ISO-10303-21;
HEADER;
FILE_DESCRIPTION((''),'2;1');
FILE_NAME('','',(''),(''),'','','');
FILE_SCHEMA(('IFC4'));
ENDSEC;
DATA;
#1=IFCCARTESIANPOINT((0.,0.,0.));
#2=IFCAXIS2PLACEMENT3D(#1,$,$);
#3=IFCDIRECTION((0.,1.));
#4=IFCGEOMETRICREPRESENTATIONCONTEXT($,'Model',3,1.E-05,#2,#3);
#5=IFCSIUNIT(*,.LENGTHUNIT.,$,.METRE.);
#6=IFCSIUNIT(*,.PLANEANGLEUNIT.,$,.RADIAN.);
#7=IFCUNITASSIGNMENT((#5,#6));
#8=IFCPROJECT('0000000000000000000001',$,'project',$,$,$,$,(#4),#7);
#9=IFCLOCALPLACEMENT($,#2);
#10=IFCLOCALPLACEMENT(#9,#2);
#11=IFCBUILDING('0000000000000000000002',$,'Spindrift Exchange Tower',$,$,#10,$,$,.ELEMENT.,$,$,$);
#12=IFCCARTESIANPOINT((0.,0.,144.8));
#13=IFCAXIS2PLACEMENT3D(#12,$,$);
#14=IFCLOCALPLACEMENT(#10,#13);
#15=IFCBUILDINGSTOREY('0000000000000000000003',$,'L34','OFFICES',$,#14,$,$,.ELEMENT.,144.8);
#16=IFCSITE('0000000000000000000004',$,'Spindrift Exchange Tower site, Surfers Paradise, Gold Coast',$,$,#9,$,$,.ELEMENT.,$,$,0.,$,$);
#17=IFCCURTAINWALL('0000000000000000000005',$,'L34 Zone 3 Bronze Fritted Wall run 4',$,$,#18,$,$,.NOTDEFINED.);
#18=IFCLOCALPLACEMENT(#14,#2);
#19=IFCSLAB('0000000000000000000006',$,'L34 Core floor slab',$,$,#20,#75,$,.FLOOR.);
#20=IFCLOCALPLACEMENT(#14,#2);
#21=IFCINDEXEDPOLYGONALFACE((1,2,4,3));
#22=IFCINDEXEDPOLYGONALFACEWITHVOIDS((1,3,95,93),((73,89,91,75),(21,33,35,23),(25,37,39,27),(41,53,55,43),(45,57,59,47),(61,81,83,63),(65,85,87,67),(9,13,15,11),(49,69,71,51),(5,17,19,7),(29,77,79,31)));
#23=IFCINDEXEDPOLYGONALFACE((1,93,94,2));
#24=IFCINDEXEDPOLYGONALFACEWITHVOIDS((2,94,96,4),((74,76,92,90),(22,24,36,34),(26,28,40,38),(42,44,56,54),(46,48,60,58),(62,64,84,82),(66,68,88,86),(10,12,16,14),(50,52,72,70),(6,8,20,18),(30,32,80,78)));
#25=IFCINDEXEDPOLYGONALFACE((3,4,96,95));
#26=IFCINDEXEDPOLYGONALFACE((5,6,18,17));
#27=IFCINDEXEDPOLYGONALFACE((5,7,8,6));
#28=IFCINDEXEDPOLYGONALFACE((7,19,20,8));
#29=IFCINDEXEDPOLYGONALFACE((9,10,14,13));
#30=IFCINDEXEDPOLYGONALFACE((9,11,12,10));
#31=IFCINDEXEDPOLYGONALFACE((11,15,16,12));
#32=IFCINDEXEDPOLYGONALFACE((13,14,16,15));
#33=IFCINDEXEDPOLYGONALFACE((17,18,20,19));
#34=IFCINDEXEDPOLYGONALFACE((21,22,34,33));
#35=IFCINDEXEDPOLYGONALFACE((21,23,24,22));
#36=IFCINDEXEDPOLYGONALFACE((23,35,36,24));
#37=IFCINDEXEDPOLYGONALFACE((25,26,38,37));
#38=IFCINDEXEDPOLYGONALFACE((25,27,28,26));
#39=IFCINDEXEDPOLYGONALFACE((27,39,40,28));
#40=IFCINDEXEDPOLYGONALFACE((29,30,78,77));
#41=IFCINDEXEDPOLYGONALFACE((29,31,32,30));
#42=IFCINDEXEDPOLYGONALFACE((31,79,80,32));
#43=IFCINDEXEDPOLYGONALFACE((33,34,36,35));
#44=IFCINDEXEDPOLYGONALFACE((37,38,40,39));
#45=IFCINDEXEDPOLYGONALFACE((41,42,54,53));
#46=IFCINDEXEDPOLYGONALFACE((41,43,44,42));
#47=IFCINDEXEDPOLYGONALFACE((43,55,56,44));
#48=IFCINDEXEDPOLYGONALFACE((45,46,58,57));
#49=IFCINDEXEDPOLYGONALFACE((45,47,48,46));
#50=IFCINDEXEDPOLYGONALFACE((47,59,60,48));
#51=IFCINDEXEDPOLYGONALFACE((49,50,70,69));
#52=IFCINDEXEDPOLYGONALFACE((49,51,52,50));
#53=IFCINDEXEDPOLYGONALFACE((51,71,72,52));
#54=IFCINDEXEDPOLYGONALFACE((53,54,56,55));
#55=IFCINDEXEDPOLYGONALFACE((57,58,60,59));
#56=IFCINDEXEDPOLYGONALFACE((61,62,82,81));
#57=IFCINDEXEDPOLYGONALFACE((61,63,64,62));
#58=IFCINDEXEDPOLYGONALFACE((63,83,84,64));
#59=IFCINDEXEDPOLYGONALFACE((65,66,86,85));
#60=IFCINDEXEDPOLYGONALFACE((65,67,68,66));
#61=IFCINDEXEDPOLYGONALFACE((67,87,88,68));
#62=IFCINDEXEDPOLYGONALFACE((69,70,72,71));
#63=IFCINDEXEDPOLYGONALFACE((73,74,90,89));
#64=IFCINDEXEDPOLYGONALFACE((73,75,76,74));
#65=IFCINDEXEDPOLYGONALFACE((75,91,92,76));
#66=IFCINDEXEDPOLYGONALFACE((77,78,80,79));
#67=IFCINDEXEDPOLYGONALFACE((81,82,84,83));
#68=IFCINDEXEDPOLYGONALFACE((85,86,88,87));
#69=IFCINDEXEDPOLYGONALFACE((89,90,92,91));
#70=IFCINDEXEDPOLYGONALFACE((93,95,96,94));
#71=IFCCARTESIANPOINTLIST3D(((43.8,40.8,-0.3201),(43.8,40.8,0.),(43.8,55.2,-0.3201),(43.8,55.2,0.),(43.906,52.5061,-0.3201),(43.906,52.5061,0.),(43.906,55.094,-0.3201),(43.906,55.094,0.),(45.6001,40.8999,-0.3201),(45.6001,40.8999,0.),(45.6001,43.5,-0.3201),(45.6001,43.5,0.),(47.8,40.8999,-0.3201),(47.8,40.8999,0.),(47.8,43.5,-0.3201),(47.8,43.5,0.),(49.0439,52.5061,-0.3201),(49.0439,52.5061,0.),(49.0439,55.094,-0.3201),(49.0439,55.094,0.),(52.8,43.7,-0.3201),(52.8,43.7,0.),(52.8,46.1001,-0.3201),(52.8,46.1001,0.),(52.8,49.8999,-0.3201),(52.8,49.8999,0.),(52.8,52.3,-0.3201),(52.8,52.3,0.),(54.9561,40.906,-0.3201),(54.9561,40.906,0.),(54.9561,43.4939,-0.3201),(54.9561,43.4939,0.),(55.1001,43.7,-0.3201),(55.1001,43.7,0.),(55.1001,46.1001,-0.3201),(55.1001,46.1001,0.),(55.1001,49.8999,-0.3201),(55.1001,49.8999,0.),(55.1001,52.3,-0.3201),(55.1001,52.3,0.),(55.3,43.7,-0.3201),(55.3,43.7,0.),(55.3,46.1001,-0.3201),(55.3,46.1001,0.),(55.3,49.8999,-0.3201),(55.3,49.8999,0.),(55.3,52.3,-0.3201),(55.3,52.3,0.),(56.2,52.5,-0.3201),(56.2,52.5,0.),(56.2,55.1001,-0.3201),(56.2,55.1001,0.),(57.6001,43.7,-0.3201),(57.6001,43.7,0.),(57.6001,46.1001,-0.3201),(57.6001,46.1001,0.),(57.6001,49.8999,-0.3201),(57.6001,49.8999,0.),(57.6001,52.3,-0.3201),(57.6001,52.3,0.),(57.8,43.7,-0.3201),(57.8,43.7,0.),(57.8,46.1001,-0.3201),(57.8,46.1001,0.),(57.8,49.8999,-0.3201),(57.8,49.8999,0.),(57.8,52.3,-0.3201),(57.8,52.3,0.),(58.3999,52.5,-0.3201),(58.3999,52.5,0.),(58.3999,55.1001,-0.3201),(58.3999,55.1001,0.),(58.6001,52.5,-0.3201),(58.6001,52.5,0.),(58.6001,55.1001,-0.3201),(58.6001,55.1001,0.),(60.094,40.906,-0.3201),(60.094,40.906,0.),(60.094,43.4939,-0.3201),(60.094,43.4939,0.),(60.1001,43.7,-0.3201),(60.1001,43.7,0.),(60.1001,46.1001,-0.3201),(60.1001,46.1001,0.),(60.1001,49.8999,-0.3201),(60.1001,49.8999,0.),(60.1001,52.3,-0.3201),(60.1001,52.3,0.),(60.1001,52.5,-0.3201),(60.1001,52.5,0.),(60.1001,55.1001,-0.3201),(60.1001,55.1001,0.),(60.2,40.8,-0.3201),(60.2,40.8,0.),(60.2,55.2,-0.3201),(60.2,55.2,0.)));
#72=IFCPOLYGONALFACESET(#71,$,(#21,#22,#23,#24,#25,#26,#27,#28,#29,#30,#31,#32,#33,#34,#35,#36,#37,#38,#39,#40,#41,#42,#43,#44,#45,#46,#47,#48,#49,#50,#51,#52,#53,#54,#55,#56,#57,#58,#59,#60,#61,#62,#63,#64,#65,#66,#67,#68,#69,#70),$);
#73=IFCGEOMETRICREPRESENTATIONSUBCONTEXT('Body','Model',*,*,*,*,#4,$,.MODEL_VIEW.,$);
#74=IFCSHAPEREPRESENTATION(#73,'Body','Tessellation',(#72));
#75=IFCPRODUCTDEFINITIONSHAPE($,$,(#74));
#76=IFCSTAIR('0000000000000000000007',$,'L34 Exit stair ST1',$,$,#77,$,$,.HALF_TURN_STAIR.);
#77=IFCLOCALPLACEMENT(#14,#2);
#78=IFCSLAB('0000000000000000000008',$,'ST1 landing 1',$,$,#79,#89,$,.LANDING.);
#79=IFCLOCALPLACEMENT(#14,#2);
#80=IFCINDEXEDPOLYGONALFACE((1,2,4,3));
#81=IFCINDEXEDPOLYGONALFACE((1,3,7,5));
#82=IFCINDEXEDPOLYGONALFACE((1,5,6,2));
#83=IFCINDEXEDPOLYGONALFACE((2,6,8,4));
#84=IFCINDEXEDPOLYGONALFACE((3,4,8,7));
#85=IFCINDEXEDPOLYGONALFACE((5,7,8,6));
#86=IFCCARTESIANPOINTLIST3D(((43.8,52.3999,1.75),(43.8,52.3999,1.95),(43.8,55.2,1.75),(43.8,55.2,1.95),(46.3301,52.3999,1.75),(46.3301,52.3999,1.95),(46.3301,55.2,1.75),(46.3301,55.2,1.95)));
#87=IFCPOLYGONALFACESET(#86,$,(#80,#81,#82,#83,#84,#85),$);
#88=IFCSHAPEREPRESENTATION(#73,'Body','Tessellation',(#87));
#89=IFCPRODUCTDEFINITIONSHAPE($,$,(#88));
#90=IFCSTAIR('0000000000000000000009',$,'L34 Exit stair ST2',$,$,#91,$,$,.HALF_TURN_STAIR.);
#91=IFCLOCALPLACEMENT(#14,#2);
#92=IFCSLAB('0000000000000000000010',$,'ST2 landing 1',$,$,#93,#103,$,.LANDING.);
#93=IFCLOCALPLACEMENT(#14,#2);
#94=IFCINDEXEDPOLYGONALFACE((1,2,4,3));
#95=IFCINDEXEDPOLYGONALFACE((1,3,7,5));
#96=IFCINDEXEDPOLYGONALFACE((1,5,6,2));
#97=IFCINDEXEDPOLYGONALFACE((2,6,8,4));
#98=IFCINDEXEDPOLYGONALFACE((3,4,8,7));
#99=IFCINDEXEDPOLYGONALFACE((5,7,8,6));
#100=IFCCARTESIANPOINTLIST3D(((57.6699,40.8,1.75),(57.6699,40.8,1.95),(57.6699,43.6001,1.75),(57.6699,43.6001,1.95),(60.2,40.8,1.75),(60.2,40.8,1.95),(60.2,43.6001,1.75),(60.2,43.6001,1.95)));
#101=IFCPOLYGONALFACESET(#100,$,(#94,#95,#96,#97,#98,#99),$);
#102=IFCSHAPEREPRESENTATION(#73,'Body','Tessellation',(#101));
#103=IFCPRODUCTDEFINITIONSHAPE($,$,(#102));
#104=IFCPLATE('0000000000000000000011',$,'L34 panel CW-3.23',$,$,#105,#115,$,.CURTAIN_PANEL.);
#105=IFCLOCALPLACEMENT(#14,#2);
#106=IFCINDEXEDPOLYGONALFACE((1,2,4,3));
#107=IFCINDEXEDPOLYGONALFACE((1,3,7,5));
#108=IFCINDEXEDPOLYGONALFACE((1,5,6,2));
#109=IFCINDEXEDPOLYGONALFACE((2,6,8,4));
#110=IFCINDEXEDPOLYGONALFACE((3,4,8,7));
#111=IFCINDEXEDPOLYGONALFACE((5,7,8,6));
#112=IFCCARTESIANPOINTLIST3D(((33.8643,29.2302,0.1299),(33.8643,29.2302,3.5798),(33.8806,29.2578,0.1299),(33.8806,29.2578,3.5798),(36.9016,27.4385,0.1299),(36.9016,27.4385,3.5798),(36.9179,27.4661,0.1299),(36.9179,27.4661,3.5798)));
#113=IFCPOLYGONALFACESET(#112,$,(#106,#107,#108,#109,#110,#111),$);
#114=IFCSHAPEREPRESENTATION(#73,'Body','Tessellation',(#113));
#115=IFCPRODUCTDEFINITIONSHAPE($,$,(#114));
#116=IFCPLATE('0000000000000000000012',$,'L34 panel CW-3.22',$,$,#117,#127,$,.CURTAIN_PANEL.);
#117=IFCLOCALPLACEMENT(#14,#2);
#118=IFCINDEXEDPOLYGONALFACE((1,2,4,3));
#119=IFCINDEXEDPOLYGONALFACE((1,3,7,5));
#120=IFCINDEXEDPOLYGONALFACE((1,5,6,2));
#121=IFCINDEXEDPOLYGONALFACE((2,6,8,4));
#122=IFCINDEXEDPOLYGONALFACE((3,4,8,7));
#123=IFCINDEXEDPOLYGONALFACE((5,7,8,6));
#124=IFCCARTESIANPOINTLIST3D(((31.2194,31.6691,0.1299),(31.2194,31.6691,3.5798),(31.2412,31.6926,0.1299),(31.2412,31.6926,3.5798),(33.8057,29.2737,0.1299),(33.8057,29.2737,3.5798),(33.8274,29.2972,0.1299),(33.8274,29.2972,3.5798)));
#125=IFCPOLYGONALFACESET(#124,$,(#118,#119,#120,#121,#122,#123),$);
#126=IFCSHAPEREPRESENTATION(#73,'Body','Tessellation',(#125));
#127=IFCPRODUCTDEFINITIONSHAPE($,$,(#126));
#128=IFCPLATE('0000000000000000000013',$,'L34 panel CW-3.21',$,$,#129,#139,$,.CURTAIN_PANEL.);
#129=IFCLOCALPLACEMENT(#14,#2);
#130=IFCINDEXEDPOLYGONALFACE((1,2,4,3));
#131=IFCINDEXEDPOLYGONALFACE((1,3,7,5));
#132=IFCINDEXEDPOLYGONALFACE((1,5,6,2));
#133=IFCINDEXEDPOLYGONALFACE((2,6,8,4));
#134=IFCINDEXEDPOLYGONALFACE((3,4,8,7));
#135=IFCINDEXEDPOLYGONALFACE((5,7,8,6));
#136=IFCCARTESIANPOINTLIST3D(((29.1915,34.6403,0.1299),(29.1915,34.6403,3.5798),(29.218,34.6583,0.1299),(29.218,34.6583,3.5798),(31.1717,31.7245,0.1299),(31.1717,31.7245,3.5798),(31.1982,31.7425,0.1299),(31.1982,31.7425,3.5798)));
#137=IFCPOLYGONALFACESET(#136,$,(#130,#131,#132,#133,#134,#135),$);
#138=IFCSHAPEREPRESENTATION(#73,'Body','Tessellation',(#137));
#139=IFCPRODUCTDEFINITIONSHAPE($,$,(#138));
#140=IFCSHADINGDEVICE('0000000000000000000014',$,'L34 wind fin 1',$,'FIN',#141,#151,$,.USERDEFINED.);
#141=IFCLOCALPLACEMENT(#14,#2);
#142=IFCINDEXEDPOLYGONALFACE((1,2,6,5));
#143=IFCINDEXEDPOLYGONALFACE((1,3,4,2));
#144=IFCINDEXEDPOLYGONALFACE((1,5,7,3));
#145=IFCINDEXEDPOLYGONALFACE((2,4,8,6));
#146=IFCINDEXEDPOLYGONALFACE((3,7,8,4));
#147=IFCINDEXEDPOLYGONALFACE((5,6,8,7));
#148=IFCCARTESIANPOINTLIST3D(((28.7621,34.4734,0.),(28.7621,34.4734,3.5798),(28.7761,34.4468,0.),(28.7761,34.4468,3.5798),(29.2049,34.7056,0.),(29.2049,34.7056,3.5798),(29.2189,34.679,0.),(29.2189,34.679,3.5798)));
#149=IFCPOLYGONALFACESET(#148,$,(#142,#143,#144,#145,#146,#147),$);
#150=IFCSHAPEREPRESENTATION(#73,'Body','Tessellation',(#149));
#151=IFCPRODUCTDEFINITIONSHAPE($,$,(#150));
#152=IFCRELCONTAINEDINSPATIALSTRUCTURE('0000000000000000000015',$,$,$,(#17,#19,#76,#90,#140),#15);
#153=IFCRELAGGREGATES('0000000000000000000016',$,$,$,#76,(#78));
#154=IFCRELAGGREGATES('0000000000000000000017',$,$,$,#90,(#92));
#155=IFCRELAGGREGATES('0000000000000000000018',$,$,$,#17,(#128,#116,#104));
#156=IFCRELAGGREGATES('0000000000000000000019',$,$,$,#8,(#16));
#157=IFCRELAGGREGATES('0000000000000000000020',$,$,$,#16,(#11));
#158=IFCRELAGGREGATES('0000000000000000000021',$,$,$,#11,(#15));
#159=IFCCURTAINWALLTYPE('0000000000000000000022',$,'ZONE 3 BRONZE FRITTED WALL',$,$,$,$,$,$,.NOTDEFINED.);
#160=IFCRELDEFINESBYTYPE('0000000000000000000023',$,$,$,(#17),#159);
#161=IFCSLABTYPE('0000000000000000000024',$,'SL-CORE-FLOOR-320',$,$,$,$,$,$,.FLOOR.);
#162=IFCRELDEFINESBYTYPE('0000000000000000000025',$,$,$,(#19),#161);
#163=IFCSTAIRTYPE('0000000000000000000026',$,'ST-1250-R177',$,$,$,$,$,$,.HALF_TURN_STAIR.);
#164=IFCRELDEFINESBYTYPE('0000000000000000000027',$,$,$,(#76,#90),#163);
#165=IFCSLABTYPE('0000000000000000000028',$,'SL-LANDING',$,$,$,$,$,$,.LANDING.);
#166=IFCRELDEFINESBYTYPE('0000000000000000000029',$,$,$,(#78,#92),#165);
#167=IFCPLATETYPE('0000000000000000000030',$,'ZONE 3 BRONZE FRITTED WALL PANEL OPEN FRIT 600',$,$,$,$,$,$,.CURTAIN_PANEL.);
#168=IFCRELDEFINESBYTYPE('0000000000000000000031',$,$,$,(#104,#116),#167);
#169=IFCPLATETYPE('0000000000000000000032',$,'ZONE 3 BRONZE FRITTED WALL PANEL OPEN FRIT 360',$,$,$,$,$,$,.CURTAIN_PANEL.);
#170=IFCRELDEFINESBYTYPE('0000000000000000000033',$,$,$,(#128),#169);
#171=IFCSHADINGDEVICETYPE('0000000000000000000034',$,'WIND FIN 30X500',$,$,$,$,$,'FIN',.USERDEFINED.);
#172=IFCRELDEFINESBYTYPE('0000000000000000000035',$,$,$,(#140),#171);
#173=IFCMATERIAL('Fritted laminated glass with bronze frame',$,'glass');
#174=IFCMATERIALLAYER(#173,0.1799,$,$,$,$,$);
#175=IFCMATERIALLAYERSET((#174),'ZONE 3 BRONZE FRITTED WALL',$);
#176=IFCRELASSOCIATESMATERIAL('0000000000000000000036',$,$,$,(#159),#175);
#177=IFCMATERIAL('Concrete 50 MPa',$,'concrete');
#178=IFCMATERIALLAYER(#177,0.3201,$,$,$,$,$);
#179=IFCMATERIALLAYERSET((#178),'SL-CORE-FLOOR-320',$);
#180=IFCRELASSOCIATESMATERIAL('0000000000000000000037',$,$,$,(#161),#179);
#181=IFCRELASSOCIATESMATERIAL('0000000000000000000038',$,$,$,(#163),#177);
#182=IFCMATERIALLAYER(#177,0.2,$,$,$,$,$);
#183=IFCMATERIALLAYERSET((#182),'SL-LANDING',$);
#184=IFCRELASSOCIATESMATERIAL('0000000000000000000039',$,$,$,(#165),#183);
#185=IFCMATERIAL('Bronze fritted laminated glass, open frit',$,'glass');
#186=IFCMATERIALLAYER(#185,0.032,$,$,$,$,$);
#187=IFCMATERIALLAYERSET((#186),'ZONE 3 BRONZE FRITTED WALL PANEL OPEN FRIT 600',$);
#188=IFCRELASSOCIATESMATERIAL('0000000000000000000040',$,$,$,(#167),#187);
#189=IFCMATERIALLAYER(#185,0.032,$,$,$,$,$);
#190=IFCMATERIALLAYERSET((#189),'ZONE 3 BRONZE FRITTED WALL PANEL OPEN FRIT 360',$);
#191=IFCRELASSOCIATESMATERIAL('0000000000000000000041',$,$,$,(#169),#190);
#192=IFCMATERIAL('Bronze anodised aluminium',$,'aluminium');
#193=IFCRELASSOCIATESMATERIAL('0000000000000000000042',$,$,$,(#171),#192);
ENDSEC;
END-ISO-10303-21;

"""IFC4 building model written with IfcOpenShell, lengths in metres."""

from ifc_helpers import new_model, si_unit, direction, frame, origin, origin_2d, place, context, subcontext, project, spatial, line, indexed_curve, rectangle, outline, extrude, source, transform, mapped, material, layer, layer_set, material_profile, profile_set, type_object, element, aggregate, save


model = new_model("IFC4")

# Units and contexts
model_context = context("Model", 3, precision=1e-05, world=origin(), true_north=direction((0.0, 1.0)))
body_context = subcontext(model_context, "Body", "Model", "MODEL_VIEW")
ifc_project = project(units=[si_unit("LENGTHUNIT", "METRE"), si_unit("PLANEANGLEUNIT", "RADIAN")], contexts=[model_context])

# Site, building, storey
site_placement = place(None, origin())
site = spatial("IfcSite", under=ifc_project, at=site_placement, Name="Spindrift Exchange Tower site, Surfers Paradise, Gold Coast", CompositionType="ELEMENT", RefElevation=0.0)
building_placement = place(site_placement, origin())
building = spatial("IfcBuilding", under=site, at=building_placement, Name="Spindrift Exchange Tower", CompositionType="ELEMENT")
storey_placement = place(building_placement, frame((0.0, 0.0, 144.8)))
storey = spatial("IfcBuildingStorey", under=building, at=storey_placement, Name="L34", Description="OFFICES", CompositionType="ELEMENT", Elevation=144.8)

# Shared definitions
ifc_material_1 = material(Name="Concrete 50 MPa", Category="concrete")

# Curtain wall
ifc_material_2 = material(Name="Fritted laminated glass with bronze frame", Category="glass")
ifc_layer_1 = layer(ifc_material_2, 0.1799)
ifc_layer_set_1 = layer_set([ifc_layer_1], Name="ZONE 3 BRONZE FRITTED WALL")
curtain_wall_type = type_object("IfcCurtainWallType", Name="ZONE 3 BRONZE FRITTED WALL", PredefinedType="NOTDEFINED", material=ifc_layer_set_1)
curtain_wall_placement = place(storey_placement, origin())
curtain_wall = element("IfcCurtainWall", 1, at=curtain_wall_placement, inside=storey, type_object=curtain_wall_type, Name="L34 Zone 3 Bronze Fritted Wall run 4", PredefinedType="NOTDEFINED")
ifc_material_3 = material(Name="Bronze anodised aluminium", Category="aluminium")

# Slab
ifc_layer_2 = layer(ifc_material_1, 0.3201)
ifc_layer_set_2 = layer_set([ifc_layer_2], Name="SL-CORE-FLOOR-320")
slab_type_1 = type_object("IfcSlabType", Name="SL-CORE-FLOOR-320", PredefinedType="FLOOR", material=ifc_layer_set_2)
slab_1_placement = place(storey_placement, frame((0.0, 0.0, -0.3201)))
element("IfcSlab", 2, at=slab_1_placement, inside=storey, type_object=slab_type_1, Name="L34 Core floor slab", PredefinedType="FLOOR", context=body_context, shape_type="SweptSolid", body=[
    extrude(outline(indexed_curve([(43.8, 40.8), (43.8, 55.2), (60.2, 55.2), (60.2, 40.8)], segments=[line(1, 2, 3, 4, 1)], self_intersect=False), holes=[indexed_curve([(45.6001, 43.5), (45.6001, 40.8999), (47.8, 40.8999), (47.8, 43.5)], segments=[line(1, 2, 3, 4, 1)], self_intersect=False), indexed_curve([(52.8, 46.1001), (52.8, 43.7), (55.1001, 43.7), (55.1001, 46.1001)], segments=[line(1, 2, 3, 4, 1)], self_intersect=False), indexed_curve([(55.3, 46.1001), (55.3, 43.7), (57.6001, 43.7), (57.6001, 46.1001)], segments=[line(1, 2, 3, 4, 1)], self_intersect=False), indexed_curve([(55.1001, 52.3), (52.8, 52.3), (52.8, 49.8999), (55.1001, 49.8999)], segments=[line(1, 2, 3, 4, 1)], self_intersect=False), indexed_curve([(57.6001, 52.3), (55.3, 52.3), (55.3, 49.8999), (57.6001, 49.8999)], segments=[line(1, 2, 3, 4, 1)], self_intersect=False), indexed_curve([(43.906, 52.5061), (49.0439, 52.5061), (49.0439, 55.094), (43.906, 55.094)], segments=[line(1, 2, 3, 4, 1)], self_intersect=False), indexed_curve([(60.094, 40.906), (60.094, 43.4939), (54.9561, 43.4939), (54.9561, 40.906)], segments=[line(1, 2, 3, 4, 1)], self_intersect=False), indexed_curve([(60.1001, 46.1001), (57.8, 46.1001), (57.8, 43.7), (60.1001, 43.7)], segments=[line(1, 2, 3, 4, 1)], self_intersect=False), indexed_curve([(57.8, 52.3), (57.8, 49.8999), (60.1001, 49.8999), (60.1001, 52.3)], segments=[line(1, 2, 3, 4, 1)], self_intersect=False), indexed_curve([(58.3999, 55.1001), (56.2, 55.1001), (56.2, 52.5), (58.3999, 52.5)], segments=[line(1, 2, 3, 4, 1)], self_intersect=False), indexed_curve([(60.1001, 55.1001), (58.6001, 55.1001), (58.6001, 52.5), (60.1001, 52.5)], segments=[line(1, 2, 3, 4, 1)], self_intersect=False)]), origin(), (0.0, 0.0, 1.0), 0.3201),
])

# Stairs, slabs
stair_type = type_object("IfcStairType", Name="ST-1250-R177", PredefinedType="HALF_TURN_STAIR", material=ifc_material_1)
stair_1_placement = place(storey_placement, origin())
stair_1 = element("IfcStair", 3, at=stair_1_placement, inside=storey, type_object=stair_type, Name="L34 Exit stair ST1", PredefinedType="HALF_TURN_STAIR")
ifc_layer_3 = layer(ifc_material_1, 0.2)
ifc_layer_set_3 = layer_set([ifc_layer_3], Name="SL-LANDING")
slab_type_2 = type_object("IfcSlabType", Name="SL-LANDING", PredefinedType="LANDING", material=ifc_layer_set_3)
slab_2_placement = place(storey_placement, frame((0.0, 0.0, 1.75)))
slab_2 = element("IfcSlab", 4, at=slab_2_placement, type_object=slab_type_2, Name="ST1 landing 1", PredefinedType="LANDING", context=body_context, shape_type="SweptSolid", body=[
    extrude(outline(indexed_curve([(46.3301, 52.3999), (43.8, 52.3999), (43.8, 55.2), (46.3301, 55.2)], segments=[line(1, 2, 3, 4, 1)], self_intersect=False)), origin(), (0.0, 0.0, 1.0), 0.2),
])
aggregate(stair_1, [slab_2])
stair_2_placement = place(storey_placement, origin())
stair_2 = element("IfcStair", 5, at=stair_2_placement, inside=storey, type_object=stair_type, Name="L34 Exit stair ST2", PredefinedType="HALF_TURN_STAIR")
slab_3_placement = place(storey_placement, frame((0.0, 0.0, 1.75)))
slab_3 = element("IfcSlab", 6, at=slab_3_placement, type_object=slab_type_2, Name="ST2 landing 1", PredefinedType="LANDING", context=body_context, shape_type="SweptSolid", body=[
    extrude(outline(indexed_curve([(57.6699, 43.6001), (60.2, 43.6001), (60.2, 40.8), (57.6699, 40.8)], segments=[line(1, 2, 3, 4, 1)], self_intersect=False)), origin(), (0.0, 0.0, 1.0), 0.2),
])
aggregate(stair_2, [slab_3])

# Plates
ifc_material_4 = material(Name="Bronze fritted laminated glass, open frit", Category="glass")
ifc_layer_4 = layer(ifc_material_4, 0.032)
ifc_layer_set_4 = layer_set([ifc_layer_4], Name="ZONE 3 BRONZE FRITTED WALL PANEL OPEN FRIT 600")
plate_type_1 = type_object("IfcPlateType", Name="ZONE 3 BRONZE FRITTED WALL PANEL OPEN FRIT 600", PredefinedType="CURTAIN_PANEL", material=ifc_layer_set_4)
shared_shape_1 = source(origin(), body_context, "Body", "SweptSolid", [
    extrude(rectangle(XDim=3.5264, YDim=0.032, at=origin_2d()), origin(), (0.0, 0.0, 1.0), 3.45),
])
plate_1_placement = place(storey_placement, frame((35.3911, 28.3481, 0.1299), z_axis=(0.0, 0.0, 1.0), x_axis=(0.861309, -0.508081, 0.0)))
plate_1 = element("IfcPlate", 7, at=plate_1_placement, type_object=plate_type_1, Name="L34 panel CW-3.23", PredefinedType="CURTAIN_PANEL", context=body_context, shape_type="MappedRepresentation", body=[
    mapped(shared_shape_1, transform((0.0, 0.0, 0.0), scale=1.0)),
])
shared_shape_2 = source(origin(), body_context, "Body", "SweptSolid", [
    extrude(rectangle(XDim=3.5251, YDim=0.032, at=origin_2d()), origin(), (0.0, 0.0, 1.0), 3.45),
])
plate_2_placement = place(storey_placement, frame((32.5234, 30.4832, 0.1299), z_axis=(0.0, 0.0, 1.0), x_axis=(0.733667, -0.679509, 0.0)))
plate_2 = element("IfcPlate", 8, at=plate_2_placement, type_object=plate_type_1, Name="L34 panel CW-3.22", PredefinedType="CURTAIN_PANEL", context=body_context, shape_type="MappedRepresentation", body=[
    mapped(shared_shape_2, transform((0.0, 0.0, 0.0), scale=1.0)),
])
ifc_layer_5 = layer(ifc_material_4, 0.032)
ifc_layer_set_5 = layer_set([ifc_layer_5], Name="ZONE 3 BRONZE FRITTED WALL PANEL OPEN FRIT 360")
plate_type_2 = type_object("IfcPlateType", Name="ZONE 3 BRONZE FRITTED WALL PANEL OPEN FRIT 360", PredefinedType="CURTAIN_PANEL", material=ifc_layer_set_5)
shared_shape_3 = source(origin(), body_context, "Body", "SweptSolid", [
    extrude(rectangle(XDim=3.5247, YDim=0.032, at=origin_2d()), origin(), (0.0, 0.0, 1.0), 3.45),
])
plate_3_placement = place(storey_placement, frame((30.1948, 33.1914, 0.1299), z_axis=(0.0, 0.0, 1.0), x_axis=(0.561812, -0.827265, 0.0)))
plate_3 = element("IfcPlate", 9, at=plate_3_placement, type_object=plate_type_2, Name="L34 panel CW-3.21", PredefinedType="CURTAIN_PANEL", context=body_context, shape_type="MappedRepresentation", body=[
    mapped(shared_shape_3, transform((0.0, 0.0, 0.0), scale=1.0)),
])
aggregate(curtain_wall, [plate_3, plate_2, plate_1])

# Shading device
ifc_material_profile_1 = material_profile(ifc_material_3, rectangle(XDim=0.03, YDim=0.5, at=origin_2d()), Name="WIND FIN 30X500")
ifc_profile_set_1 = profile_set([ifc_material_profile_1], Name="Bronze anodised aluminium")
shading_device_type = type_object("IfcShadingDeviceType", Name="WIND FIN 30X500", ElementType="FIN", PredefinedType="USERDEFINED", material=ifc_profile_set_1)
shared_shape_4 = source(origin(), body_context, "Body", "SweptSolid", [
    extrude(rectangle(XDim=0.03, YDim=0.5, at=origin_2d()), origin(), (0.0, 0.0, 1.0), 3.5798),
])
shading_device_placement = place(storey_placement, frame((28.9905, 34.5762, 0.0), z_axis=(0.0, 0.0, 1.0), x_axis=(0.464462, -0.885593, 0.0)))
element("IfcShadingDevice", 10, at=shading_device_placement, inside=storey, type_object=shading_device_type, Name="L34 wind fin 1", ObjectType="FIN", PredefinedType="USERDEFINED", context=body_context, shape_type="MappedRepresentation", body=[
    mapped(shared_shape_4, transform((0.0, 0.0, 0.0), scale=1.0)),
])

save(model, "model.ifc")
